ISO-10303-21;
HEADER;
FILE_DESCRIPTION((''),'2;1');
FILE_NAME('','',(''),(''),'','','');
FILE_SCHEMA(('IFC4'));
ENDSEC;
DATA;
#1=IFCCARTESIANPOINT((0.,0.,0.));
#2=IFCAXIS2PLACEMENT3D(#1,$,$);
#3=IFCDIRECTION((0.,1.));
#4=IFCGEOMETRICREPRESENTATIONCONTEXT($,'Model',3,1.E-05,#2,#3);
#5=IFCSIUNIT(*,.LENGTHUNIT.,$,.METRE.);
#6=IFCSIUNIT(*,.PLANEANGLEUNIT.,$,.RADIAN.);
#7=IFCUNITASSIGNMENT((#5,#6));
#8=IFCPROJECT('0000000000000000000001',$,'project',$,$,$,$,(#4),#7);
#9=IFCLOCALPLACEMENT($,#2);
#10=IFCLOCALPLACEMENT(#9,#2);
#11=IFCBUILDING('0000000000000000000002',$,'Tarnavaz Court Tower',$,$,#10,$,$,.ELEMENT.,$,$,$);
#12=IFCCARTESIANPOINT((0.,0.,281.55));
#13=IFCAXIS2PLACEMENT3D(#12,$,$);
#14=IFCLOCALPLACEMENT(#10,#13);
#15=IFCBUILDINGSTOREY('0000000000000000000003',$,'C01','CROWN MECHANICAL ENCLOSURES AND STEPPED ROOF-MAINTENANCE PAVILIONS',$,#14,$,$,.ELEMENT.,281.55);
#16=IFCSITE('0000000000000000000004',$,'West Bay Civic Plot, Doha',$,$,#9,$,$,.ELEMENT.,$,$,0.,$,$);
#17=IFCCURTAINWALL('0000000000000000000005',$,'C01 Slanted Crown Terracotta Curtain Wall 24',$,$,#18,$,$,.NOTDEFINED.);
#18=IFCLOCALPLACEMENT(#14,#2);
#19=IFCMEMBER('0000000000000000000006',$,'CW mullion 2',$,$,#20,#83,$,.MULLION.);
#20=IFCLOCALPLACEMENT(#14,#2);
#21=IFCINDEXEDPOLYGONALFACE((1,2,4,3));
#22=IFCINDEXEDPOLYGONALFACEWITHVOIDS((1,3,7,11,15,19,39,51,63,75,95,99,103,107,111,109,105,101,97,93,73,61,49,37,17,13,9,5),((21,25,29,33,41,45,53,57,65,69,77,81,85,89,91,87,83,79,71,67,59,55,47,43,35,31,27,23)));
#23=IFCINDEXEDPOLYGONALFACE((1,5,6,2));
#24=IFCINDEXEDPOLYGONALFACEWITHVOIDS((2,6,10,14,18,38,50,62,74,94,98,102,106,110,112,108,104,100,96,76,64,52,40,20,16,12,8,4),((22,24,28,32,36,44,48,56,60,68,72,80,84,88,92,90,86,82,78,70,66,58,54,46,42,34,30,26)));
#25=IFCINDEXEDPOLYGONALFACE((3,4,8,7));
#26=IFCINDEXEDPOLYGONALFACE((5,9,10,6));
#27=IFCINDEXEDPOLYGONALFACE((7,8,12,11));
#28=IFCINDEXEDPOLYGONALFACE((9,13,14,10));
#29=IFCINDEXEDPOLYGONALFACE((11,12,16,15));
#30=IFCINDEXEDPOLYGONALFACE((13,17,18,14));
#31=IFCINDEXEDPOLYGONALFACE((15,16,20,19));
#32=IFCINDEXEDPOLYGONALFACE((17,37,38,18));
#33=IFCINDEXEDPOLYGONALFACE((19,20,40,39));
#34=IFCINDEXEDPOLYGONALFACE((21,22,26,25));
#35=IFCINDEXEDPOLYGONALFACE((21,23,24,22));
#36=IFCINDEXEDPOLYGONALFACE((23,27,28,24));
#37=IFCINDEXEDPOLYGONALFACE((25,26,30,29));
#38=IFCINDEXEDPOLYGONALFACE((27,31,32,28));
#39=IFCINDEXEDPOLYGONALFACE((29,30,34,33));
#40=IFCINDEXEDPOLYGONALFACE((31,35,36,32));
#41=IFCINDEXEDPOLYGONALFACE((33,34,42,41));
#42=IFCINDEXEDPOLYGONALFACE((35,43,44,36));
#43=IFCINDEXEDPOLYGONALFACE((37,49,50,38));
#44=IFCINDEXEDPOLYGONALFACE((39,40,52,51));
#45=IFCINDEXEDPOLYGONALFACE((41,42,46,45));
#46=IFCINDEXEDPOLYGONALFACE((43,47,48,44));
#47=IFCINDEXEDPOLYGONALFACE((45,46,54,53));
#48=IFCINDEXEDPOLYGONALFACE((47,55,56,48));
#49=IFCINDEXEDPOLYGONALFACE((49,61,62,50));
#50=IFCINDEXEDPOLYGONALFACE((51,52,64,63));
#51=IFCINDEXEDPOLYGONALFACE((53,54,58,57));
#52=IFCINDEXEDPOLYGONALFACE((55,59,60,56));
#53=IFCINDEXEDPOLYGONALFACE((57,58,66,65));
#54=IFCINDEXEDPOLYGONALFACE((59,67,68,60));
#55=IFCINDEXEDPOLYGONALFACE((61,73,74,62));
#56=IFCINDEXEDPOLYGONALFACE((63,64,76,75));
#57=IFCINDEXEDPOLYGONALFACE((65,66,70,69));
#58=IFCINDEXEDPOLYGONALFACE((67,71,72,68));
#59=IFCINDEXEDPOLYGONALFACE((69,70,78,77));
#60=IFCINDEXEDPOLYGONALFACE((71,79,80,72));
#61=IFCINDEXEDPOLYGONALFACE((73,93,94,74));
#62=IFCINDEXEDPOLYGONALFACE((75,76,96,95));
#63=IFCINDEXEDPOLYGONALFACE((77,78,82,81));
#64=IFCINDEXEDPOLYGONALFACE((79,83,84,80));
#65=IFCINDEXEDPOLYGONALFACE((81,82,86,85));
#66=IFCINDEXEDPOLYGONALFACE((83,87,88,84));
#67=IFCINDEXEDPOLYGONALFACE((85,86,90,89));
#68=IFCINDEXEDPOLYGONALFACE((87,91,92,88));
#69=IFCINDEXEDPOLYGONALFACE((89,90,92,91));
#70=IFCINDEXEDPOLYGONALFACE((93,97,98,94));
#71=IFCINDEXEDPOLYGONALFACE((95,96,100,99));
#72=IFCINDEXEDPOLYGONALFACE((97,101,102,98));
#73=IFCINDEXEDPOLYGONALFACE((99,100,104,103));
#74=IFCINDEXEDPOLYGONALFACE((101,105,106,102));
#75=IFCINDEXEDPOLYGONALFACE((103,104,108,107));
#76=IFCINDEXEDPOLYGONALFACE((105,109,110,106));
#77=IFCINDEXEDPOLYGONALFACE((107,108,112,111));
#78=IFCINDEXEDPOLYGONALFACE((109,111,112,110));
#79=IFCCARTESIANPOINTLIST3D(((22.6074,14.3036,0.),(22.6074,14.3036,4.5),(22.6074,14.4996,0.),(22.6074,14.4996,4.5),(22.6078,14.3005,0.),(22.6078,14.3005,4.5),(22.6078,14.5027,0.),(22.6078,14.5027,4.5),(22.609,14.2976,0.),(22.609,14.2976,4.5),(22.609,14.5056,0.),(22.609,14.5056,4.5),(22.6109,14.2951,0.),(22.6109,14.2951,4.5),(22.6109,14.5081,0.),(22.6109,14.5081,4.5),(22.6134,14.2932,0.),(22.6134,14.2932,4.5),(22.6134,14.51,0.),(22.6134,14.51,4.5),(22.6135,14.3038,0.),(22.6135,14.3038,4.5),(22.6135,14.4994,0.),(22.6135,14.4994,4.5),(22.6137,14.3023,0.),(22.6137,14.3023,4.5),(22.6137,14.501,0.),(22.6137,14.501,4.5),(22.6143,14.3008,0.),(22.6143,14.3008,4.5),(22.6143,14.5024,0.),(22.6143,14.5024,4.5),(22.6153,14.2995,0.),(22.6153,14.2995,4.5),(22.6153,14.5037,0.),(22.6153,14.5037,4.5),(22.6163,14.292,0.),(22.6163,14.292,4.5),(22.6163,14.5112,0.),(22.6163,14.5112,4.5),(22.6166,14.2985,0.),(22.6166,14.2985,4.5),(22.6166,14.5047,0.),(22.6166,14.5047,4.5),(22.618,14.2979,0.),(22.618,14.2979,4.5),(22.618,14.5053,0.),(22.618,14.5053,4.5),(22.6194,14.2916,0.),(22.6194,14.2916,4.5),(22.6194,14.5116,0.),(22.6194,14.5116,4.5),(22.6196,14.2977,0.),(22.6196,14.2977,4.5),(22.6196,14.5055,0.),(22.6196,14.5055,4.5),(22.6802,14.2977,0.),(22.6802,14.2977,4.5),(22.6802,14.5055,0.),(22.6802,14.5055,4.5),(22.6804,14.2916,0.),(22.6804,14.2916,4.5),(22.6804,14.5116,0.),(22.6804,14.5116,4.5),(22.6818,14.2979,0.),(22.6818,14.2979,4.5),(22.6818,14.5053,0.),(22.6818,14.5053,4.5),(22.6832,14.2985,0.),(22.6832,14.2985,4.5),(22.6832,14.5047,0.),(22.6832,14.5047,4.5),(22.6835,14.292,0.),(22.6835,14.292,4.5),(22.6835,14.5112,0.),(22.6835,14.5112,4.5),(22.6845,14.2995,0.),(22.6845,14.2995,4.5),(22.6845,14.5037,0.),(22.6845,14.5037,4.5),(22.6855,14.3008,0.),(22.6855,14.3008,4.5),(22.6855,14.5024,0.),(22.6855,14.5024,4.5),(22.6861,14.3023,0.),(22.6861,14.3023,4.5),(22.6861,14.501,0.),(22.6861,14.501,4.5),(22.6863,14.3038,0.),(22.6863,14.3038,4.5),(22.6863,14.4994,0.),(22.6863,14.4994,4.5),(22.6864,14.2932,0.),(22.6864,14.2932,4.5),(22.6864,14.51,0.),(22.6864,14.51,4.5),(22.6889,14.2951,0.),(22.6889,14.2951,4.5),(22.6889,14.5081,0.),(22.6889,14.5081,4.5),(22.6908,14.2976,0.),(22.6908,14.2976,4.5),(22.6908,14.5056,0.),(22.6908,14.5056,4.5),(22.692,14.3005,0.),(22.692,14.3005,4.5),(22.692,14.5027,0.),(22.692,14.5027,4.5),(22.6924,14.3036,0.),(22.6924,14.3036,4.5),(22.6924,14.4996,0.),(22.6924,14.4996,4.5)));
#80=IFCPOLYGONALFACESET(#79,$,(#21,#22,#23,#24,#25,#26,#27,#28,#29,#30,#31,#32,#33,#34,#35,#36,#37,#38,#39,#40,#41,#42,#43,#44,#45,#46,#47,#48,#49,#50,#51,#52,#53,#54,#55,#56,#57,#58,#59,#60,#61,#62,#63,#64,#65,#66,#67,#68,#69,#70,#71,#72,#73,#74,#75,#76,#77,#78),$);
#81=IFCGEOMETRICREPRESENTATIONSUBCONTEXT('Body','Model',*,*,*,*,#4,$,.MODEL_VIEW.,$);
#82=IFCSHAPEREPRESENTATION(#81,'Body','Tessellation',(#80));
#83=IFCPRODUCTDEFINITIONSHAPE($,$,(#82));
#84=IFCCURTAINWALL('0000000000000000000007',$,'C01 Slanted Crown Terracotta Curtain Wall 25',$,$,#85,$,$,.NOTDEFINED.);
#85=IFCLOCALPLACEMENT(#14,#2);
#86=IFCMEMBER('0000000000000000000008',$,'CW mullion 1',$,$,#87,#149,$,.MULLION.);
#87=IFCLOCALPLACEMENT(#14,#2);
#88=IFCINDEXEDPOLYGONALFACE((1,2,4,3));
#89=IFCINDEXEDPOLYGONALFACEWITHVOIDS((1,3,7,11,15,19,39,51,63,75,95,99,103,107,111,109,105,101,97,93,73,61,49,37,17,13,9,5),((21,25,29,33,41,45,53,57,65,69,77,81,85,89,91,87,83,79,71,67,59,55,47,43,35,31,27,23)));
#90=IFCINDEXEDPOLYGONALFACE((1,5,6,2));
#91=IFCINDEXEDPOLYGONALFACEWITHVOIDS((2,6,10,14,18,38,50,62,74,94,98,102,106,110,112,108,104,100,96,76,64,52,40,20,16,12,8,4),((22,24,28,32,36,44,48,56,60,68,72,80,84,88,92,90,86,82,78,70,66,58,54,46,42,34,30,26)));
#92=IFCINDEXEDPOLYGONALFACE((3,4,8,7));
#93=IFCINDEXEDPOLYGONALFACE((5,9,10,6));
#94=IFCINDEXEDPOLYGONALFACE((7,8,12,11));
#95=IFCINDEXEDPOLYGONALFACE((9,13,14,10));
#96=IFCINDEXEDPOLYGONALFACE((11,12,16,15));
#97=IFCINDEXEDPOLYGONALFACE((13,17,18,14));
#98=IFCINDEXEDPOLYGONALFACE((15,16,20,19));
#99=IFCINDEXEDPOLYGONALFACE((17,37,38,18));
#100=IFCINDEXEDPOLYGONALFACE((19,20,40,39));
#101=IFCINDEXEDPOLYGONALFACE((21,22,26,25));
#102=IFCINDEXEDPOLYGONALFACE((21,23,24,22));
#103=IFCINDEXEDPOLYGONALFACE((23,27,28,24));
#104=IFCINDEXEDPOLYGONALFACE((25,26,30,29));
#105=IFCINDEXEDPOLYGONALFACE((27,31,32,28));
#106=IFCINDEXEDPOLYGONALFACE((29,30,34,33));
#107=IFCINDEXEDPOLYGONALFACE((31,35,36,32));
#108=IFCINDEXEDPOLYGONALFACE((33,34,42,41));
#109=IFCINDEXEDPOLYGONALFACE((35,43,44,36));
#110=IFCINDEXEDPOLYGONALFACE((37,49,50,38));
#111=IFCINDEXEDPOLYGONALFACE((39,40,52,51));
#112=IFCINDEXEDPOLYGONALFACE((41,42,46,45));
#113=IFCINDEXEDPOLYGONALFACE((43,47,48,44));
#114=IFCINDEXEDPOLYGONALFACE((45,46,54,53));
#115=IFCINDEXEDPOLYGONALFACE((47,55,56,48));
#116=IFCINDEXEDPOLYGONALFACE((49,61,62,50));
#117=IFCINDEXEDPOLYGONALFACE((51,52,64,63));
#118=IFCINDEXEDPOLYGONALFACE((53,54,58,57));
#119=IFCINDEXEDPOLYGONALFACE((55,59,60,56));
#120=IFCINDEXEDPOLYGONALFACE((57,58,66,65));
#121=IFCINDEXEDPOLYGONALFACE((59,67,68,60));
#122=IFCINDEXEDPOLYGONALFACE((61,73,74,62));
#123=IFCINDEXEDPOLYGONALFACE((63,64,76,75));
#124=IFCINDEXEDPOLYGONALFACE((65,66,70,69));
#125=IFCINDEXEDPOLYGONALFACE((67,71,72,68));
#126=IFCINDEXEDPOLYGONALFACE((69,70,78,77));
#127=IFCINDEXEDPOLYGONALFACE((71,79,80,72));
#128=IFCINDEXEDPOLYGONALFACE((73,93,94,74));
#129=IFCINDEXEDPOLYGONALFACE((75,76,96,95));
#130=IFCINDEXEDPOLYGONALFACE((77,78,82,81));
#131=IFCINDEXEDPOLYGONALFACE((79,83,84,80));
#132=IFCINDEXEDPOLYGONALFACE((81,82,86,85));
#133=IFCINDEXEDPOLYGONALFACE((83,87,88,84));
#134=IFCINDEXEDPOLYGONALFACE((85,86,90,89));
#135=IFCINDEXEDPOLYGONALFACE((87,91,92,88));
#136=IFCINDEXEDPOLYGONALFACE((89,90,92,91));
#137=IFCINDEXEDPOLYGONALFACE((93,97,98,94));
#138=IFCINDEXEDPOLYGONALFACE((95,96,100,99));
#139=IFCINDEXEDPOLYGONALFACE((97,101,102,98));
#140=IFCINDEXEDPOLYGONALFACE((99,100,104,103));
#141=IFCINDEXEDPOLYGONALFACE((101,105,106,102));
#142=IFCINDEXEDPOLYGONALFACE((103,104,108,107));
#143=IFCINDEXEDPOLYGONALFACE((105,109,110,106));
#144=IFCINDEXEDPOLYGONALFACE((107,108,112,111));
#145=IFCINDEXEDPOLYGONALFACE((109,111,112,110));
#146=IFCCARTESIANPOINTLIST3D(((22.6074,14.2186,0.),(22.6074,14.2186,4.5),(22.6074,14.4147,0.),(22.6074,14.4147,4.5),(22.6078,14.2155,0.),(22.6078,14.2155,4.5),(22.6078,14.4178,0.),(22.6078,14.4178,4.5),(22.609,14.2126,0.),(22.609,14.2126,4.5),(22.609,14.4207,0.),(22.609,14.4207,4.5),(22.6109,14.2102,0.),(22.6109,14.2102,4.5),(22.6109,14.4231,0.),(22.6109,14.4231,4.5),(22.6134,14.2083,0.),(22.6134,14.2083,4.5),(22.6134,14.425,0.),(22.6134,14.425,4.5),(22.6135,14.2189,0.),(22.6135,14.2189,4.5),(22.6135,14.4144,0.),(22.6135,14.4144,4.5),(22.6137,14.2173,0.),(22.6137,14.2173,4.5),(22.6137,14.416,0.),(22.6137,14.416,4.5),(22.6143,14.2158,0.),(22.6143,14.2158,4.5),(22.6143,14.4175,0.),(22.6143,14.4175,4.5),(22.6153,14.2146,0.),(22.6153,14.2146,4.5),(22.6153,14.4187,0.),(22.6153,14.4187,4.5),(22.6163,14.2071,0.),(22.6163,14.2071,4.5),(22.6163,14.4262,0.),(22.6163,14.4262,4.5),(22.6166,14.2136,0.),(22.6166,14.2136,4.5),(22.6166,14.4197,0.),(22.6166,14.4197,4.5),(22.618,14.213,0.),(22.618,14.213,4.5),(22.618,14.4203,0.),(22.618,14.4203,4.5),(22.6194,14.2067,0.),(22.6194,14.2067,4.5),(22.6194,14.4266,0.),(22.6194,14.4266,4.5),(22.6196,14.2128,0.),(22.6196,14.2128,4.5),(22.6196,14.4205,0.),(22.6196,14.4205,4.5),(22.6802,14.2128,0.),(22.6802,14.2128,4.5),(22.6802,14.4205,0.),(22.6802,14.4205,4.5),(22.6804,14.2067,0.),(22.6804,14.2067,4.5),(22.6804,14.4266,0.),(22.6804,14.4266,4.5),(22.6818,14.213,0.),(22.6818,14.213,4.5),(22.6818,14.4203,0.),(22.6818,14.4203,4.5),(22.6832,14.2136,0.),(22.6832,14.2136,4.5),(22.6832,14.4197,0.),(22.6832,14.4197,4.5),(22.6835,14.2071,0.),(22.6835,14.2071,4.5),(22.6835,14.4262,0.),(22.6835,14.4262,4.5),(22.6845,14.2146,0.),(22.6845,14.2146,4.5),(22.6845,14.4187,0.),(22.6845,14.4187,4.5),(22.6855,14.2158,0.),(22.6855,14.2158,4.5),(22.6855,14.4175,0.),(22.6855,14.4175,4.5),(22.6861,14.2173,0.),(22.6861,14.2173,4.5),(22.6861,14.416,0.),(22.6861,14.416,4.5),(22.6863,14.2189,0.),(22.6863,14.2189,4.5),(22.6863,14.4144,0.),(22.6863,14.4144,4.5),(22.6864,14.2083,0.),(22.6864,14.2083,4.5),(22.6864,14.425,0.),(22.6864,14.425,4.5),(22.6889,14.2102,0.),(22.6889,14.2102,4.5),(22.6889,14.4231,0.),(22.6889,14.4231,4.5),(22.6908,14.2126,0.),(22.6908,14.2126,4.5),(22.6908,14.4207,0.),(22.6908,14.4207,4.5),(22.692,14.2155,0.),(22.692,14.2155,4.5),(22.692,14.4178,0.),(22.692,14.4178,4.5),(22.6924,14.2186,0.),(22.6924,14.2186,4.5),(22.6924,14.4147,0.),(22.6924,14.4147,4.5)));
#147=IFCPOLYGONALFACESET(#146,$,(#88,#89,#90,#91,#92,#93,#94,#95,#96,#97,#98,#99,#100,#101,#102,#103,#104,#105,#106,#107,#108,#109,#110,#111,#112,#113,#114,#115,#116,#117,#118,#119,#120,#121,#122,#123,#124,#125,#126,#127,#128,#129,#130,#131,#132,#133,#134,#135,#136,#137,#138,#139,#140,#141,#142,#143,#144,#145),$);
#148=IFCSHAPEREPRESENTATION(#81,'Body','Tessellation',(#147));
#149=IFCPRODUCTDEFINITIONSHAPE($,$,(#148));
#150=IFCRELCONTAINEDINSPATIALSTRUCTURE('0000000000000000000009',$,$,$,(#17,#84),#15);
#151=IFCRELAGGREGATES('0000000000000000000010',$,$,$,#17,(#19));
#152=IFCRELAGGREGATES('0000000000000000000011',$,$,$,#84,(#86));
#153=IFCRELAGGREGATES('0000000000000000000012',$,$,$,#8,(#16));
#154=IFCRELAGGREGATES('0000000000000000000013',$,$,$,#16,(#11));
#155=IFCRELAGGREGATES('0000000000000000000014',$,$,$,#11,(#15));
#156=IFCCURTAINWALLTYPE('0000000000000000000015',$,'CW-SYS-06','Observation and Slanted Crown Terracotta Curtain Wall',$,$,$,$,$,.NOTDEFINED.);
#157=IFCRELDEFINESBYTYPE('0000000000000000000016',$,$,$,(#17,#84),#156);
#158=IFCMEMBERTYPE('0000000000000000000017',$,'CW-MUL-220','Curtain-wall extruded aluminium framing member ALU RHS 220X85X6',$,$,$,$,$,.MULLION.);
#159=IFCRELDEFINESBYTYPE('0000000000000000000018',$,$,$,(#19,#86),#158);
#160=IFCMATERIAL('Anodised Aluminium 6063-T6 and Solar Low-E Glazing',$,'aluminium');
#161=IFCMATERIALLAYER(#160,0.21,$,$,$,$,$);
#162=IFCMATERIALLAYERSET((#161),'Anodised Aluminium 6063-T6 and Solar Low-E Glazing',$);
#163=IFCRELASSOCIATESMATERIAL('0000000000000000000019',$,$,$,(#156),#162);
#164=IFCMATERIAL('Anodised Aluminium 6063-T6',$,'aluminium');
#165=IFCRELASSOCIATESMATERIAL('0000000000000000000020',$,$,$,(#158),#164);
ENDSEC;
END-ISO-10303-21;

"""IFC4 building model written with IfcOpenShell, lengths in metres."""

from ifc_helpers import new_model, si_unit, direction, frame, origin, origin_2d, place, context, subcontext, project, spatial, hollow_rectangle, extrude, material, layer, layer_set, material_profile, profile_set, type_object, element, aggregate, save


model = new_model("IFC4")

# Units and contexts
model_context = context("Model", 3, precision=1e-05, world=origin(), true_north=direction((0.0, 1.0)))
body_context = subcontext(model_context, "Body", "Model", "MODEL_VIEW")
ifc_project = project(units=[si_unit("LENGTHUNIT", "METRE"), si_unit("PLANEANGLEUNIT", "RADIAN")], contexts=[model_context])

# Site, building, storey
site_placement = place(None, origin())
site = spatial("IfcSite", under=ifc_project, at=site_placement, Name="West Bay Civic Plot, Doha", CompositionType="ELEMENT", RefElevation=0.0)
building_placement = place(site_placement, origin())
building = spatial("IfcBuilding", under=site, at=building_placement, Name="Tarnavaz Court Tower", CompositionType="ELEMENT")
storey_placement = place(building_placement, frame((0.0, 0.0, 281.55)))
storey = spatial("IfcBuildingStorey", under=building, at=storey_placement, Name="C01", Description="CROWN MECHANICAL ENCLOSURES AND STEPPED ROOF-MAINTENANCE PAVILIONS", CompositionType="ELEMENT", Elevation=281.55)

# Shared definitions
ifc_material_1 = material(Name="Anodised Aluminium 6063-T6 and Solar Low-E Glazing", Category="aluminium")
ifc_layer_1 = layer(ifc_material_1, 0.21)
ifc_layer_set_1 = layer_set([ifc_layer_1], Name="Anodised Aluminium 6063-T6 and Solar Low-E Glazing")
curtain_wall_type = type_object("IfcCurtainWallType", Name="CW-SYS-06", Description="Observation and Slanted Crown Terracotta Curtain Wall", PredefinedType="NOTDEFINED", material=ifc_layer_set_1)
ifc_material_2 = material(Name="Anodised Aluminium 6063-T6", Category="aluminium")
ifc_material_profile_1 = material_profile(ifc_material_2, hollow_rectangle(XDim=0.085, YDim=0.22, WallThickness=0.0061, InnerFilletRadius=0.0061, OuterFilletRadius=0.012, at=origin_2d()), Name="ALU RHS 220X85X6")
ifc_profile_set_1 = profile_set([ifc_material_profile_1], Name="Anodised Aluminium 6063-T6")
member_type_1 = type_object("IfcMemberType", Name="CW-MUL-220", Description="Curtain-wall extruded aluminium framing member ALU RHS 220X85X6", PredefinedType="MULLION", material=ifc_profile_set_1)

# Curtain walls, members
curtain_wall_1_placement = place(storey_placement, origin())
curtain_wall_1 = element("IfcCurtainWall", 1, at=curtain_wall_1_placement, inside=storey, type_object=curtain_wall_type, Name="C01 Slanted Crown Terracotta Curtain Wall 24", PredefinedType="NOTDEFINED")
member_1_placement = place(storey_placement, frame((22.6499, 14.4016, 0.0), z_axis=(0.0, 0.0, 1.0), x_axis=(1.0, 0.0, 0.0)))
member_1 = element("IfcMember", 2, at=member_1_placement, type_object=member_type_1, Name="CW mullion 2", PredefinedType="MULLION", context=body_context, shape_type="SweptSolid", body=[
    extrude(hollow_rectangle(XDim=0.085, YDim=0.22, WallThickness=0.0061, InnerFilletRadius=0.0061, OuterFilletRadius=0.012, at=origin_2d()), origin(), (0.0, 0.0, 1.0), 4.5),
])
curtain_wall_2_placement = place(storey_placement, origin())
curtain_wall_2 = element("IfcCurtainWall", 3, at=curtain_wall_2_placement, inside=storey, type_object=curtain_wall_type, Name="C01 Slanted Crown Terracotta Curtain Wall 25", PredefinedType="NOTDEFINED")
member_2_placement = place(storey_placement, frame((22.6499, 14.3167, 0.0), z_axis=(0.0, 0.0, 1.0), x_axis=(1.0, 0.0, 0.0)))
member_2 = element("IfcMember", 4, at=member_2_placement, type_object=member_type_1, Name="CW mullion 1", PredefinedType="MULLION", context=body_context, shape_type="SweptSolid", body=[
    extrude(hollow_rectangle(XDim=0.085, YDim=0.22, WallThickness=0.0061, InnerFilletRadius=0.0061, OuterFilletRadius=0.012, at=origin_2d()), origin(), (0.0, 0.0, 1.0), 4.5),
])

aggregate(curtain_wall_1, [member_1])
aggregate(curtain_wall_2, [member_2])

save(model, "model.ifc")
